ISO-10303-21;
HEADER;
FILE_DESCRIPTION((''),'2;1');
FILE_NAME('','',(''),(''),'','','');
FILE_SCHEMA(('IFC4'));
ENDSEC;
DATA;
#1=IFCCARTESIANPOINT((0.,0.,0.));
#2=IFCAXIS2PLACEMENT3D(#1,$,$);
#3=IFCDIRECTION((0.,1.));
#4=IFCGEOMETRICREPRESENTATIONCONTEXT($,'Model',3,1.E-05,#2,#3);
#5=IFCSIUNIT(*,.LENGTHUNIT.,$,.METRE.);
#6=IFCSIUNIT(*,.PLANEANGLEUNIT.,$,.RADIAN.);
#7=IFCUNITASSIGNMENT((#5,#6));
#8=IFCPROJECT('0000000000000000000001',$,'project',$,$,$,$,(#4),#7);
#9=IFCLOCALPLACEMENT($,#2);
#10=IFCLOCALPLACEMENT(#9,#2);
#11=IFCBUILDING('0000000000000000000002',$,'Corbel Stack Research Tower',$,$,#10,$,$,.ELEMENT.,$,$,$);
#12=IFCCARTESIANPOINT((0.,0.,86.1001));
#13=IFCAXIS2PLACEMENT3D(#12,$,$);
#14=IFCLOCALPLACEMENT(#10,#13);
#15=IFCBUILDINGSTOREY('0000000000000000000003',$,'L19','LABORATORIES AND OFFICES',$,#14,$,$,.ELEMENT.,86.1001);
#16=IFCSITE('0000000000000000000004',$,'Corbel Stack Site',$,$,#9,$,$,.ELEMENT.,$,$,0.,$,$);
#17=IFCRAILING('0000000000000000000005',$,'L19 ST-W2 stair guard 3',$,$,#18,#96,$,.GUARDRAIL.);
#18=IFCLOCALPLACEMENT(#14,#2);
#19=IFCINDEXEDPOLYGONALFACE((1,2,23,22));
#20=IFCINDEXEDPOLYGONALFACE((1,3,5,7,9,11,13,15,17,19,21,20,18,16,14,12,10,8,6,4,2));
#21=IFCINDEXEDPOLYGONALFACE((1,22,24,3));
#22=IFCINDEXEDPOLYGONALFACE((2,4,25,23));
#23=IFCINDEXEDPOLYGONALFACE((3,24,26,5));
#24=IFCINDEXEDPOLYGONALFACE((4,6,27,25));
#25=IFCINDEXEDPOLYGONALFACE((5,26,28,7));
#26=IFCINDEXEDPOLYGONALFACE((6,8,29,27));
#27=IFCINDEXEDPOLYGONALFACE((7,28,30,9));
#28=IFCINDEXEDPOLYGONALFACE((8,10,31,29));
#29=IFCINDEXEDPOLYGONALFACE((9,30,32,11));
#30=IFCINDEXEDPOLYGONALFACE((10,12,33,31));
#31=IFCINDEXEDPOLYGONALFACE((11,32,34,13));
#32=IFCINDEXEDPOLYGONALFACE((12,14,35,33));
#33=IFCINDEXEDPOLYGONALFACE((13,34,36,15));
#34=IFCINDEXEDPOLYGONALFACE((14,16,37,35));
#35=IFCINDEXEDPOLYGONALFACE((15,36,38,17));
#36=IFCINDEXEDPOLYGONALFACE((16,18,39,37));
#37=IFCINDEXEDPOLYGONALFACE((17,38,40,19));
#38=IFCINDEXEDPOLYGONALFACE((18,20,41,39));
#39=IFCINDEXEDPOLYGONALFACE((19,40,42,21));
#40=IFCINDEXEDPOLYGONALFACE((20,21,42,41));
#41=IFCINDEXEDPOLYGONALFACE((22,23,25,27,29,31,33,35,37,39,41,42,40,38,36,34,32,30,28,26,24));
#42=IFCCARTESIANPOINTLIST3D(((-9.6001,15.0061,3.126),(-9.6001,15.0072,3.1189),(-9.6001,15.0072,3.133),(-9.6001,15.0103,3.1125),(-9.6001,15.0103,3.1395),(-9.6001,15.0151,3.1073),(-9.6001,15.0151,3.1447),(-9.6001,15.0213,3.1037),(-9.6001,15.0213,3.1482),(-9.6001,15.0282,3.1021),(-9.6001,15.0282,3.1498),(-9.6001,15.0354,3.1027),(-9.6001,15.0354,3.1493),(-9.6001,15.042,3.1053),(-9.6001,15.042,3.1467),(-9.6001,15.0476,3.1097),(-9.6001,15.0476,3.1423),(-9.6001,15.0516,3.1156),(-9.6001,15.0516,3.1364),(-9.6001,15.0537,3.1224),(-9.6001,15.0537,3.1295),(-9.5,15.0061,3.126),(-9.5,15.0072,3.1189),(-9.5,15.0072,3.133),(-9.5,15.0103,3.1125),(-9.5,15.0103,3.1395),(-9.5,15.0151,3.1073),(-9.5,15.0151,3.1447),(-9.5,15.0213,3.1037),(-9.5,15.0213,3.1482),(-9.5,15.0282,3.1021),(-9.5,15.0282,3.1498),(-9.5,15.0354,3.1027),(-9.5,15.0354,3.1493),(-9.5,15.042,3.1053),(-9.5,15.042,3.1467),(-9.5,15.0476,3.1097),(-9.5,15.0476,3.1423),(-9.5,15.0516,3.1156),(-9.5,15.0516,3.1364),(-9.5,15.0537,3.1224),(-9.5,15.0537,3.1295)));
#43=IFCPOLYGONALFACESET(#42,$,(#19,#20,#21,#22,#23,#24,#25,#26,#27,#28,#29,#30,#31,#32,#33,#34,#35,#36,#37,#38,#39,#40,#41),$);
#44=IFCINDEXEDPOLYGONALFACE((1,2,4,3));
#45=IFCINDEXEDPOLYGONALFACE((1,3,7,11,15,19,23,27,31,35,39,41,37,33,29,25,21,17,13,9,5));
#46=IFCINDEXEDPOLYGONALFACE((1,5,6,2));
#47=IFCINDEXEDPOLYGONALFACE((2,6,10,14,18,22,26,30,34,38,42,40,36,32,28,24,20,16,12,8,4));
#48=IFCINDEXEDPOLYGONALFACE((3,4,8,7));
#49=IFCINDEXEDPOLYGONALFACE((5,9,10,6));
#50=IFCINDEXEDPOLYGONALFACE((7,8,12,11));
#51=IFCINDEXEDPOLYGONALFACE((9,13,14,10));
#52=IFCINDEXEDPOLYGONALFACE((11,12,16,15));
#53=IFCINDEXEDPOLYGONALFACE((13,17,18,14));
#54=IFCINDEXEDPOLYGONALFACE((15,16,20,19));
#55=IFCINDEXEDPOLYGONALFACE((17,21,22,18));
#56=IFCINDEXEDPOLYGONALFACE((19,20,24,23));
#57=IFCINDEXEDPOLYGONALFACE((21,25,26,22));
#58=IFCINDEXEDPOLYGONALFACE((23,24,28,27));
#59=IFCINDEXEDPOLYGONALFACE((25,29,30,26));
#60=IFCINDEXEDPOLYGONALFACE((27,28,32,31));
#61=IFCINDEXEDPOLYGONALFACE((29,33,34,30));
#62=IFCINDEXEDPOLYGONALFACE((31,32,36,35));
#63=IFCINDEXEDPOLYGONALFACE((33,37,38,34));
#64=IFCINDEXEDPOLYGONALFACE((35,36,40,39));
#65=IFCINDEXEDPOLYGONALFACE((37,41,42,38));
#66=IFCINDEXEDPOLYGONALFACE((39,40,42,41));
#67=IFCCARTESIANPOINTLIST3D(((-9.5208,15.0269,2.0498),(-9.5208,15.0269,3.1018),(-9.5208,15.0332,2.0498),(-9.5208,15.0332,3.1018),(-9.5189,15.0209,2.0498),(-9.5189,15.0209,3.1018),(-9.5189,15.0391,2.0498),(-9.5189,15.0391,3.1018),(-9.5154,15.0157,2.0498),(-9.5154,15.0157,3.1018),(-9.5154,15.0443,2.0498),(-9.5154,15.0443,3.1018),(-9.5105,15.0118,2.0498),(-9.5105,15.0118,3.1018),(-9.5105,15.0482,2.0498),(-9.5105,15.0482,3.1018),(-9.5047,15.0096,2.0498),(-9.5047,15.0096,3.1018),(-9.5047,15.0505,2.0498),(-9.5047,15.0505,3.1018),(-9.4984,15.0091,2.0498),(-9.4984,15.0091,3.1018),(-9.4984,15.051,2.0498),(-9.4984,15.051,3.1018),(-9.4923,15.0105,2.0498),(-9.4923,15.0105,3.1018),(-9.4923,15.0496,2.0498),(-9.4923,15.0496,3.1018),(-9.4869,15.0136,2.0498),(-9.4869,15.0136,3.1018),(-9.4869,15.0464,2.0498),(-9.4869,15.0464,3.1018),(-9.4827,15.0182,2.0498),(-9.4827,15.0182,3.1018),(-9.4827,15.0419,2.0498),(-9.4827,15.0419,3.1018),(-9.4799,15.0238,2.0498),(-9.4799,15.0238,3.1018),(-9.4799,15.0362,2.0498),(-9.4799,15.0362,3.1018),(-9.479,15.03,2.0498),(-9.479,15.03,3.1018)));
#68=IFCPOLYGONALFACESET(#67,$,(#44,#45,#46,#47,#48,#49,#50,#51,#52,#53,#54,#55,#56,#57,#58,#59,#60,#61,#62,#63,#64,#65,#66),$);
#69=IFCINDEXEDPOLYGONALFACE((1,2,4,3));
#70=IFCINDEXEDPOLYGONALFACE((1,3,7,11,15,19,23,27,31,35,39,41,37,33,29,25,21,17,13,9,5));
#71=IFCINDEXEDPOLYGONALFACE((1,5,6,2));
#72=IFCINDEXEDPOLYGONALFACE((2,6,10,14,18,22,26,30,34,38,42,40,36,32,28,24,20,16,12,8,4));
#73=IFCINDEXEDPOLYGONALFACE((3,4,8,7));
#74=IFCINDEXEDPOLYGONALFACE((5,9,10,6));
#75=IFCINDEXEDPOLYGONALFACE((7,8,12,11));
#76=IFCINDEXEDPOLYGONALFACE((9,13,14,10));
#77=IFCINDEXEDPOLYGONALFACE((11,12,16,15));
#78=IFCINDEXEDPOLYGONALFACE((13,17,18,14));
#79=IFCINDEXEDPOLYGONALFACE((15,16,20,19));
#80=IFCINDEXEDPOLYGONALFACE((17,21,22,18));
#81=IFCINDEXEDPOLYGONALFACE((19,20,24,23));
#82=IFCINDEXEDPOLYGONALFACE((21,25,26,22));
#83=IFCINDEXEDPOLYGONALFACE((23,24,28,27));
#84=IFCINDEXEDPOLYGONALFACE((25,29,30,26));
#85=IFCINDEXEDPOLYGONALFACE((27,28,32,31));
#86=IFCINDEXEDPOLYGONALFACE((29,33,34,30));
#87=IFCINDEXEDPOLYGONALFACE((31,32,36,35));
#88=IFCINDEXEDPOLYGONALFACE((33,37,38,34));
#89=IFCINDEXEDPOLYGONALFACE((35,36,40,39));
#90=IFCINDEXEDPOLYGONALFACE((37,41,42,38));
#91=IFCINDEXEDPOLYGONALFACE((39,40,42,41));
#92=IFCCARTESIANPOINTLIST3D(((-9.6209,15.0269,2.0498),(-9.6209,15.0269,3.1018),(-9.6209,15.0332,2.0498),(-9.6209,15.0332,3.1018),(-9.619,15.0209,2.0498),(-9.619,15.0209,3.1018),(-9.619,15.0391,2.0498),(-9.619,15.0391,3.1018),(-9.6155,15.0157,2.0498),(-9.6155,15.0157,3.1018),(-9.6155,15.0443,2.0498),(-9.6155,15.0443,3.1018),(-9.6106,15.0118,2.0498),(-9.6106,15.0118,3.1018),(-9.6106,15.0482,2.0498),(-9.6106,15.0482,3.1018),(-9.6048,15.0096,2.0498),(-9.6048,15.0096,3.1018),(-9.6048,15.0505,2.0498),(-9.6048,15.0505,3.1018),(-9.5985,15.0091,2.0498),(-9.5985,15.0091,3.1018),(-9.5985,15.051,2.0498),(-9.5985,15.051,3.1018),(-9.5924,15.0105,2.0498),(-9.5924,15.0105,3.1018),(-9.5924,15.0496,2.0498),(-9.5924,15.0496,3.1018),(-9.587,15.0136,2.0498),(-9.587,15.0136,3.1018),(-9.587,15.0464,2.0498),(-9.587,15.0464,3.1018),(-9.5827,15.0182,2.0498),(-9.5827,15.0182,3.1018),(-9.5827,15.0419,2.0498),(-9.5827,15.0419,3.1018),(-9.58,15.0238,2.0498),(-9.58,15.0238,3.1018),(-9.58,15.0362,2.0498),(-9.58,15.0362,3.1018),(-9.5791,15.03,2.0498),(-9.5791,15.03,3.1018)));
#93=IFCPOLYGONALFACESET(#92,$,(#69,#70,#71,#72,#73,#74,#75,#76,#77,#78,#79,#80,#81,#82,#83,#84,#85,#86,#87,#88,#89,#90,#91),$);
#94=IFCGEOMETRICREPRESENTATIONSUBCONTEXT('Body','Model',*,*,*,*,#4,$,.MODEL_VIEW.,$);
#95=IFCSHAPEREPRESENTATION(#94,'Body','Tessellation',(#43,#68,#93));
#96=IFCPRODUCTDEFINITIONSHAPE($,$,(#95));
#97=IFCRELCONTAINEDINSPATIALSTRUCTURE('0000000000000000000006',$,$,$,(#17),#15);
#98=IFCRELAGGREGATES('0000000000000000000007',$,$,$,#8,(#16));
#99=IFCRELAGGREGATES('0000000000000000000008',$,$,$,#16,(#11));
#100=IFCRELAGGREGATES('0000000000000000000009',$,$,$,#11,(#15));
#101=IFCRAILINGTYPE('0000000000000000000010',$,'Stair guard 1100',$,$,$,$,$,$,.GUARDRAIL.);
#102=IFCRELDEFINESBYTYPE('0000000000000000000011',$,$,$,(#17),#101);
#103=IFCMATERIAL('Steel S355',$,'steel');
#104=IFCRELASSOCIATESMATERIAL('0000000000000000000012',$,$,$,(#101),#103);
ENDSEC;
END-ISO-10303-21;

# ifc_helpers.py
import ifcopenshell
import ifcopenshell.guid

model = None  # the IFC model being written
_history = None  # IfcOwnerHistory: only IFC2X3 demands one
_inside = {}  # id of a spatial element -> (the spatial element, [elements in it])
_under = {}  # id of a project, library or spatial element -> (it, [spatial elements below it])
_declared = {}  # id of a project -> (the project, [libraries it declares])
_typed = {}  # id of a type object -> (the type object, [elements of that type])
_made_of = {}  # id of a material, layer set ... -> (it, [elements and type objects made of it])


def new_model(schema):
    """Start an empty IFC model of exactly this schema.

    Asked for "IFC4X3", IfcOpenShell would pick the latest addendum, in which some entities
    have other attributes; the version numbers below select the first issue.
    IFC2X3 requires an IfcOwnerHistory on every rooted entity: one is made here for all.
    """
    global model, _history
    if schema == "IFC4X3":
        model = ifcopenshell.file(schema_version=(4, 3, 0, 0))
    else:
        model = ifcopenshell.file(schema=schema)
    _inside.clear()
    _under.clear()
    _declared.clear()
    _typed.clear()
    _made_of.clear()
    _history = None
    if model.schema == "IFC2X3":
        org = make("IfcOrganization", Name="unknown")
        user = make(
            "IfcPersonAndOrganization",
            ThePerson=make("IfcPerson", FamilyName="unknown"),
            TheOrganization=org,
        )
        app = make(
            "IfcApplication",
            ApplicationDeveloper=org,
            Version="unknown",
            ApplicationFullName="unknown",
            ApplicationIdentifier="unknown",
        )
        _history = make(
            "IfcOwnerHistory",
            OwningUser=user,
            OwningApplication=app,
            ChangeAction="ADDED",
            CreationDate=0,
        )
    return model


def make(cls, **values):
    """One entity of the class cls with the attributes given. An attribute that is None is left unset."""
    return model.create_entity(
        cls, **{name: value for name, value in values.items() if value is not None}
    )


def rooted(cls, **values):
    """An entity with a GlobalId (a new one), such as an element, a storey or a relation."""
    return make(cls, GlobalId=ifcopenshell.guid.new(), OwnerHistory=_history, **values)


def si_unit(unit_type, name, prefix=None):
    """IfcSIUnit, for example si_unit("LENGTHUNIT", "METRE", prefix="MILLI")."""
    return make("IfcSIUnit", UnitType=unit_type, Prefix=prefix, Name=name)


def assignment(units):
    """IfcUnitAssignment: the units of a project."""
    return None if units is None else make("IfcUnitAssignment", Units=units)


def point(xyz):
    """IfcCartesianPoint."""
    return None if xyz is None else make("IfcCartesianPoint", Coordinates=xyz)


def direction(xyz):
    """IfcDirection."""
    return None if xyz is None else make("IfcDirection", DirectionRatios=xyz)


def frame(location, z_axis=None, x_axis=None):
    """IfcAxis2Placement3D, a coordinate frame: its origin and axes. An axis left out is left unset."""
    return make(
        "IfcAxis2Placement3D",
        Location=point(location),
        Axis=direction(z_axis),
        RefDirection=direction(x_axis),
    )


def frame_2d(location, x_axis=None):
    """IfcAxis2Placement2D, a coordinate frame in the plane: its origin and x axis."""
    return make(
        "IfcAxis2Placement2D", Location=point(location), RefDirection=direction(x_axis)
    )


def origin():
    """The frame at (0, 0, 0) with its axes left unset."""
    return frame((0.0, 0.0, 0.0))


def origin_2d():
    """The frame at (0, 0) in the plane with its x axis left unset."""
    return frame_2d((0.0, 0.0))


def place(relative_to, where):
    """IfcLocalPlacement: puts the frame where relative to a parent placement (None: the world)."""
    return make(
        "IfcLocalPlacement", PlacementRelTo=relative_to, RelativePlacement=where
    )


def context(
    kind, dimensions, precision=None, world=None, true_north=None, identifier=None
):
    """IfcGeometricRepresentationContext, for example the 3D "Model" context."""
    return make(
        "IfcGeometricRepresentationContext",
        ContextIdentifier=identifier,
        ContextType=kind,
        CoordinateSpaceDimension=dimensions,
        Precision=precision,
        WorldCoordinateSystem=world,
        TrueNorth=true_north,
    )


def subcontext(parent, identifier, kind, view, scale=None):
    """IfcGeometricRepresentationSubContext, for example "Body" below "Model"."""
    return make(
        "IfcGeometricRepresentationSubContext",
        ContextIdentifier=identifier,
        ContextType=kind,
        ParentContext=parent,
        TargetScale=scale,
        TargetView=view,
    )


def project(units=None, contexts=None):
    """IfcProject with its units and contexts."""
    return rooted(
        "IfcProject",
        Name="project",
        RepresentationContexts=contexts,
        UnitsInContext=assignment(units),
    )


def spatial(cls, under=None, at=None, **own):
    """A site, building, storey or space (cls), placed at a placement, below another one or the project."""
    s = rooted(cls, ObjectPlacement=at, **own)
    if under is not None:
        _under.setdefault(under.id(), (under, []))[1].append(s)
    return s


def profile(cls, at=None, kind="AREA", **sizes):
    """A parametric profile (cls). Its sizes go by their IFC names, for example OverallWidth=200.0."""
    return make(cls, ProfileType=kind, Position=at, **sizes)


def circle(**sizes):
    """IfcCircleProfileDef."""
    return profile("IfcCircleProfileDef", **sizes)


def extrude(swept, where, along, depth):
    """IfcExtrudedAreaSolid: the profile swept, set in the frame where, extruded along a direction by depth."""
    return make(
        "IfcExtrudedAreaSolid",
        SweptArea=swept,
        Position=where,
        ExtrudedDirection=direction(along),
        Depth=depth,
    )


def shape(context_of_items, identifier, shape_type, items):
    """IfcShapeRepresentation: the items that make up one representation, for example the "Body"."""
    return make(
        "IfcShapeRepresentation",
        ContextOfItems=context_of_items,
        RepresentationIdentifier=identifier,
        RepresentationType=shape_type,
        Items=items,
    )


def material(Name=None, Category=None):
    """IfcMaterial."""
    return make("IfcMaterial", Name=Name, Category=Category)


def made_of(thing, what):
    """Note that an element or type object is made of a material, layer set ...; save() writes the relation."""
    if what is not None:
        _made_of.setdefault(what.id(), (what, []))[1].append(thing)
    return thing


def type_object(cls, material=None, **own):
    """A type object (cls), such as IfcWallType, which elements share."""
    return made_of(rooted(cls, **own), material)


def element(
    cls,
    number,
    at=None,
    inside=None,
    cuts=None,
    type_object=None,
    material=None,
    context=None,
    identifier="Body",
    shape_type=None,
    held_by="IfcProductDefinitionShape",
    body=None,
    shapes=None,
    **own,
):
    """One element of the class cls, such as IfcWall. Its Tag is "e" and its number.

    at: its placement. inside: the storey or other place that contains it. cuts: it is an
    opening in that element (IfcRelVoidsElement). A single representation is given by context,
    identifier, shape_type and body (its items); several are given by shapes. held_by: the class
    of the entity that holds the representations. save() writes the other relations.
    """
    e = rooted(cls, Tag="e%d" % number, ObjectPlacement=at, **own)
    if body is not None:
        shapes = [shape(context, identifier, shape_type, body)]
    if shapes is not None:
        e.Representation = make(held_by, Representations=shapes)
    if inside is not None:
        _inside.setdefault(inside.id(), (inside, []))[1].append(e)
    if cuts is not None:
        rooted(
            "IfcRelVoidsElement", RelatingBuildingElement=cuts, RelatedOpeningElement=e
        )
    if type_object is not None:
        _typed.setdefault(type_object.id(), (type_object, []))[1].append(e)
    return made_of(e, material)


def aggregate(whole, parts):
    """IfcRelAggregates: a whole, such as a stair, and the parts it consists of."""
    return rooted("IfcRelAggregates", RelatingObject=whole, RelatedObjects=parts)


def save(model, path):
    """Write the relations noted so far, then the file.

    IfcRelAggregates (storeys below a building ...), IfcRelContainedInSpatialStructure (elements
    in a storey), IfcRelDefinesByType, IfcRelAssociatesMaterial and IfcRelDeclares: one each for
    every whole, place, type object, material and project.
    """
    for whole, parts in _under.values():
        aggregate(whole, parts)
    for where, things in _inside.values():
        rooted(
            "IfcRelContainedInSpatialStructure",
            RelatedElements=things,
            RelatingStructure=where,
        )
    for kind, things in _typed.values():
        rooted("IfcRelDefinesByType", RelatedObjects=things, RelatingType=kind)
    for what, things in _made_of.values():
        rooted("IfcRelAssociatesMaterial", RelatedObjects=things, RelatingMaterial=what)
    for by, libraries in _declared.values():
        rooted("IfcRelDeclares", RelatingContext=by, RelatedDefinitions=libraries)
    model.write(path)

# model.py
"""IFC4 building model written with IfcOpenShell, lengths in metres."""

from ifc_helpers import new_model, si_unit, direction, frame, origin, origin_2d, place, context, subcontext, project, spatial, circle, extrude, material, type_object, element, save


model = new_model("IFC4")

# Units and contexts
model_context = context("Model", 3, precision=1e-05, world=origin(), true_north=direction((0.0, 1.0)))
body_context = subcontext(model_context, "Body", "Model", "MODEL_VIEW")
ifc_project = project(units=[si_unit("LENGTHUNIT", "METRE"), si_unit("PLANEANGLEUNIT", "RADIAN")], contexts=[model_context])

# Site, building, storey
site_placement = place(None, origin())
site = spatial("IfcSite", under=ifc_project, at=site_placement, Name="Corbel Stack Site", CompositionType="ELEMENT", RefElevation=0.0)
building_placement = place(site_placement, origin())
building = spatial("IfcBuilding", under=site, at=building_placement, Name="Corbel Stack Research Tower", CompositionType="ELEMENT")
storey_placement = place(building_placement, frame((0.0, 0.0, 86.1001)))
storey = spatial("IfcBuildingStorey", under=building, at=storey_placement, Name="L19", Description="LABORATORIES AND OFFICES", CompositionType="ELEMENT", Elevation=86.1001)

# Railing
ifc_material_1 = material(Name="Steel S355", Category="steel")
railing_type = type_object("IfcRailingType", Name="Stair guard 1100", PredefinedType="GUARDRAIL", material=ifc_material_1)
railing_1_placement = place(storey_placement, frame((-9.5, 15.03, 2.0498)))
element("IfcRailing", 1, at=railing_1_placement, inside=storey, type_object=railing_type, Name="L19 ST-W2 stair guard 3", PredefinedType="GUARDRAIL", context=body_context, shape_type="SweptSolid", body=[
    extrude(circle(Radius=0.0239, at=origin_2d()), frame((0.0, 0.0, 1.0762), z_axis=(-1.0, 0.0, 0.0), x_axis=(0.0, -1.0, 0.0)), (0.0, 0.0, 1.0), 0.1001),
    extrude(circle(Radius=0.021, at=origin_2d()), origin(), (0.0, 0.0, 1.0), 1.052),
    extrude(circle(Radius=0.021, at=origin_2d()), frame((-0.1001, 0.0, 0.0)), (0.0, 0.0, 1.0), 1.052),
])

save(model, "model.ifc")
